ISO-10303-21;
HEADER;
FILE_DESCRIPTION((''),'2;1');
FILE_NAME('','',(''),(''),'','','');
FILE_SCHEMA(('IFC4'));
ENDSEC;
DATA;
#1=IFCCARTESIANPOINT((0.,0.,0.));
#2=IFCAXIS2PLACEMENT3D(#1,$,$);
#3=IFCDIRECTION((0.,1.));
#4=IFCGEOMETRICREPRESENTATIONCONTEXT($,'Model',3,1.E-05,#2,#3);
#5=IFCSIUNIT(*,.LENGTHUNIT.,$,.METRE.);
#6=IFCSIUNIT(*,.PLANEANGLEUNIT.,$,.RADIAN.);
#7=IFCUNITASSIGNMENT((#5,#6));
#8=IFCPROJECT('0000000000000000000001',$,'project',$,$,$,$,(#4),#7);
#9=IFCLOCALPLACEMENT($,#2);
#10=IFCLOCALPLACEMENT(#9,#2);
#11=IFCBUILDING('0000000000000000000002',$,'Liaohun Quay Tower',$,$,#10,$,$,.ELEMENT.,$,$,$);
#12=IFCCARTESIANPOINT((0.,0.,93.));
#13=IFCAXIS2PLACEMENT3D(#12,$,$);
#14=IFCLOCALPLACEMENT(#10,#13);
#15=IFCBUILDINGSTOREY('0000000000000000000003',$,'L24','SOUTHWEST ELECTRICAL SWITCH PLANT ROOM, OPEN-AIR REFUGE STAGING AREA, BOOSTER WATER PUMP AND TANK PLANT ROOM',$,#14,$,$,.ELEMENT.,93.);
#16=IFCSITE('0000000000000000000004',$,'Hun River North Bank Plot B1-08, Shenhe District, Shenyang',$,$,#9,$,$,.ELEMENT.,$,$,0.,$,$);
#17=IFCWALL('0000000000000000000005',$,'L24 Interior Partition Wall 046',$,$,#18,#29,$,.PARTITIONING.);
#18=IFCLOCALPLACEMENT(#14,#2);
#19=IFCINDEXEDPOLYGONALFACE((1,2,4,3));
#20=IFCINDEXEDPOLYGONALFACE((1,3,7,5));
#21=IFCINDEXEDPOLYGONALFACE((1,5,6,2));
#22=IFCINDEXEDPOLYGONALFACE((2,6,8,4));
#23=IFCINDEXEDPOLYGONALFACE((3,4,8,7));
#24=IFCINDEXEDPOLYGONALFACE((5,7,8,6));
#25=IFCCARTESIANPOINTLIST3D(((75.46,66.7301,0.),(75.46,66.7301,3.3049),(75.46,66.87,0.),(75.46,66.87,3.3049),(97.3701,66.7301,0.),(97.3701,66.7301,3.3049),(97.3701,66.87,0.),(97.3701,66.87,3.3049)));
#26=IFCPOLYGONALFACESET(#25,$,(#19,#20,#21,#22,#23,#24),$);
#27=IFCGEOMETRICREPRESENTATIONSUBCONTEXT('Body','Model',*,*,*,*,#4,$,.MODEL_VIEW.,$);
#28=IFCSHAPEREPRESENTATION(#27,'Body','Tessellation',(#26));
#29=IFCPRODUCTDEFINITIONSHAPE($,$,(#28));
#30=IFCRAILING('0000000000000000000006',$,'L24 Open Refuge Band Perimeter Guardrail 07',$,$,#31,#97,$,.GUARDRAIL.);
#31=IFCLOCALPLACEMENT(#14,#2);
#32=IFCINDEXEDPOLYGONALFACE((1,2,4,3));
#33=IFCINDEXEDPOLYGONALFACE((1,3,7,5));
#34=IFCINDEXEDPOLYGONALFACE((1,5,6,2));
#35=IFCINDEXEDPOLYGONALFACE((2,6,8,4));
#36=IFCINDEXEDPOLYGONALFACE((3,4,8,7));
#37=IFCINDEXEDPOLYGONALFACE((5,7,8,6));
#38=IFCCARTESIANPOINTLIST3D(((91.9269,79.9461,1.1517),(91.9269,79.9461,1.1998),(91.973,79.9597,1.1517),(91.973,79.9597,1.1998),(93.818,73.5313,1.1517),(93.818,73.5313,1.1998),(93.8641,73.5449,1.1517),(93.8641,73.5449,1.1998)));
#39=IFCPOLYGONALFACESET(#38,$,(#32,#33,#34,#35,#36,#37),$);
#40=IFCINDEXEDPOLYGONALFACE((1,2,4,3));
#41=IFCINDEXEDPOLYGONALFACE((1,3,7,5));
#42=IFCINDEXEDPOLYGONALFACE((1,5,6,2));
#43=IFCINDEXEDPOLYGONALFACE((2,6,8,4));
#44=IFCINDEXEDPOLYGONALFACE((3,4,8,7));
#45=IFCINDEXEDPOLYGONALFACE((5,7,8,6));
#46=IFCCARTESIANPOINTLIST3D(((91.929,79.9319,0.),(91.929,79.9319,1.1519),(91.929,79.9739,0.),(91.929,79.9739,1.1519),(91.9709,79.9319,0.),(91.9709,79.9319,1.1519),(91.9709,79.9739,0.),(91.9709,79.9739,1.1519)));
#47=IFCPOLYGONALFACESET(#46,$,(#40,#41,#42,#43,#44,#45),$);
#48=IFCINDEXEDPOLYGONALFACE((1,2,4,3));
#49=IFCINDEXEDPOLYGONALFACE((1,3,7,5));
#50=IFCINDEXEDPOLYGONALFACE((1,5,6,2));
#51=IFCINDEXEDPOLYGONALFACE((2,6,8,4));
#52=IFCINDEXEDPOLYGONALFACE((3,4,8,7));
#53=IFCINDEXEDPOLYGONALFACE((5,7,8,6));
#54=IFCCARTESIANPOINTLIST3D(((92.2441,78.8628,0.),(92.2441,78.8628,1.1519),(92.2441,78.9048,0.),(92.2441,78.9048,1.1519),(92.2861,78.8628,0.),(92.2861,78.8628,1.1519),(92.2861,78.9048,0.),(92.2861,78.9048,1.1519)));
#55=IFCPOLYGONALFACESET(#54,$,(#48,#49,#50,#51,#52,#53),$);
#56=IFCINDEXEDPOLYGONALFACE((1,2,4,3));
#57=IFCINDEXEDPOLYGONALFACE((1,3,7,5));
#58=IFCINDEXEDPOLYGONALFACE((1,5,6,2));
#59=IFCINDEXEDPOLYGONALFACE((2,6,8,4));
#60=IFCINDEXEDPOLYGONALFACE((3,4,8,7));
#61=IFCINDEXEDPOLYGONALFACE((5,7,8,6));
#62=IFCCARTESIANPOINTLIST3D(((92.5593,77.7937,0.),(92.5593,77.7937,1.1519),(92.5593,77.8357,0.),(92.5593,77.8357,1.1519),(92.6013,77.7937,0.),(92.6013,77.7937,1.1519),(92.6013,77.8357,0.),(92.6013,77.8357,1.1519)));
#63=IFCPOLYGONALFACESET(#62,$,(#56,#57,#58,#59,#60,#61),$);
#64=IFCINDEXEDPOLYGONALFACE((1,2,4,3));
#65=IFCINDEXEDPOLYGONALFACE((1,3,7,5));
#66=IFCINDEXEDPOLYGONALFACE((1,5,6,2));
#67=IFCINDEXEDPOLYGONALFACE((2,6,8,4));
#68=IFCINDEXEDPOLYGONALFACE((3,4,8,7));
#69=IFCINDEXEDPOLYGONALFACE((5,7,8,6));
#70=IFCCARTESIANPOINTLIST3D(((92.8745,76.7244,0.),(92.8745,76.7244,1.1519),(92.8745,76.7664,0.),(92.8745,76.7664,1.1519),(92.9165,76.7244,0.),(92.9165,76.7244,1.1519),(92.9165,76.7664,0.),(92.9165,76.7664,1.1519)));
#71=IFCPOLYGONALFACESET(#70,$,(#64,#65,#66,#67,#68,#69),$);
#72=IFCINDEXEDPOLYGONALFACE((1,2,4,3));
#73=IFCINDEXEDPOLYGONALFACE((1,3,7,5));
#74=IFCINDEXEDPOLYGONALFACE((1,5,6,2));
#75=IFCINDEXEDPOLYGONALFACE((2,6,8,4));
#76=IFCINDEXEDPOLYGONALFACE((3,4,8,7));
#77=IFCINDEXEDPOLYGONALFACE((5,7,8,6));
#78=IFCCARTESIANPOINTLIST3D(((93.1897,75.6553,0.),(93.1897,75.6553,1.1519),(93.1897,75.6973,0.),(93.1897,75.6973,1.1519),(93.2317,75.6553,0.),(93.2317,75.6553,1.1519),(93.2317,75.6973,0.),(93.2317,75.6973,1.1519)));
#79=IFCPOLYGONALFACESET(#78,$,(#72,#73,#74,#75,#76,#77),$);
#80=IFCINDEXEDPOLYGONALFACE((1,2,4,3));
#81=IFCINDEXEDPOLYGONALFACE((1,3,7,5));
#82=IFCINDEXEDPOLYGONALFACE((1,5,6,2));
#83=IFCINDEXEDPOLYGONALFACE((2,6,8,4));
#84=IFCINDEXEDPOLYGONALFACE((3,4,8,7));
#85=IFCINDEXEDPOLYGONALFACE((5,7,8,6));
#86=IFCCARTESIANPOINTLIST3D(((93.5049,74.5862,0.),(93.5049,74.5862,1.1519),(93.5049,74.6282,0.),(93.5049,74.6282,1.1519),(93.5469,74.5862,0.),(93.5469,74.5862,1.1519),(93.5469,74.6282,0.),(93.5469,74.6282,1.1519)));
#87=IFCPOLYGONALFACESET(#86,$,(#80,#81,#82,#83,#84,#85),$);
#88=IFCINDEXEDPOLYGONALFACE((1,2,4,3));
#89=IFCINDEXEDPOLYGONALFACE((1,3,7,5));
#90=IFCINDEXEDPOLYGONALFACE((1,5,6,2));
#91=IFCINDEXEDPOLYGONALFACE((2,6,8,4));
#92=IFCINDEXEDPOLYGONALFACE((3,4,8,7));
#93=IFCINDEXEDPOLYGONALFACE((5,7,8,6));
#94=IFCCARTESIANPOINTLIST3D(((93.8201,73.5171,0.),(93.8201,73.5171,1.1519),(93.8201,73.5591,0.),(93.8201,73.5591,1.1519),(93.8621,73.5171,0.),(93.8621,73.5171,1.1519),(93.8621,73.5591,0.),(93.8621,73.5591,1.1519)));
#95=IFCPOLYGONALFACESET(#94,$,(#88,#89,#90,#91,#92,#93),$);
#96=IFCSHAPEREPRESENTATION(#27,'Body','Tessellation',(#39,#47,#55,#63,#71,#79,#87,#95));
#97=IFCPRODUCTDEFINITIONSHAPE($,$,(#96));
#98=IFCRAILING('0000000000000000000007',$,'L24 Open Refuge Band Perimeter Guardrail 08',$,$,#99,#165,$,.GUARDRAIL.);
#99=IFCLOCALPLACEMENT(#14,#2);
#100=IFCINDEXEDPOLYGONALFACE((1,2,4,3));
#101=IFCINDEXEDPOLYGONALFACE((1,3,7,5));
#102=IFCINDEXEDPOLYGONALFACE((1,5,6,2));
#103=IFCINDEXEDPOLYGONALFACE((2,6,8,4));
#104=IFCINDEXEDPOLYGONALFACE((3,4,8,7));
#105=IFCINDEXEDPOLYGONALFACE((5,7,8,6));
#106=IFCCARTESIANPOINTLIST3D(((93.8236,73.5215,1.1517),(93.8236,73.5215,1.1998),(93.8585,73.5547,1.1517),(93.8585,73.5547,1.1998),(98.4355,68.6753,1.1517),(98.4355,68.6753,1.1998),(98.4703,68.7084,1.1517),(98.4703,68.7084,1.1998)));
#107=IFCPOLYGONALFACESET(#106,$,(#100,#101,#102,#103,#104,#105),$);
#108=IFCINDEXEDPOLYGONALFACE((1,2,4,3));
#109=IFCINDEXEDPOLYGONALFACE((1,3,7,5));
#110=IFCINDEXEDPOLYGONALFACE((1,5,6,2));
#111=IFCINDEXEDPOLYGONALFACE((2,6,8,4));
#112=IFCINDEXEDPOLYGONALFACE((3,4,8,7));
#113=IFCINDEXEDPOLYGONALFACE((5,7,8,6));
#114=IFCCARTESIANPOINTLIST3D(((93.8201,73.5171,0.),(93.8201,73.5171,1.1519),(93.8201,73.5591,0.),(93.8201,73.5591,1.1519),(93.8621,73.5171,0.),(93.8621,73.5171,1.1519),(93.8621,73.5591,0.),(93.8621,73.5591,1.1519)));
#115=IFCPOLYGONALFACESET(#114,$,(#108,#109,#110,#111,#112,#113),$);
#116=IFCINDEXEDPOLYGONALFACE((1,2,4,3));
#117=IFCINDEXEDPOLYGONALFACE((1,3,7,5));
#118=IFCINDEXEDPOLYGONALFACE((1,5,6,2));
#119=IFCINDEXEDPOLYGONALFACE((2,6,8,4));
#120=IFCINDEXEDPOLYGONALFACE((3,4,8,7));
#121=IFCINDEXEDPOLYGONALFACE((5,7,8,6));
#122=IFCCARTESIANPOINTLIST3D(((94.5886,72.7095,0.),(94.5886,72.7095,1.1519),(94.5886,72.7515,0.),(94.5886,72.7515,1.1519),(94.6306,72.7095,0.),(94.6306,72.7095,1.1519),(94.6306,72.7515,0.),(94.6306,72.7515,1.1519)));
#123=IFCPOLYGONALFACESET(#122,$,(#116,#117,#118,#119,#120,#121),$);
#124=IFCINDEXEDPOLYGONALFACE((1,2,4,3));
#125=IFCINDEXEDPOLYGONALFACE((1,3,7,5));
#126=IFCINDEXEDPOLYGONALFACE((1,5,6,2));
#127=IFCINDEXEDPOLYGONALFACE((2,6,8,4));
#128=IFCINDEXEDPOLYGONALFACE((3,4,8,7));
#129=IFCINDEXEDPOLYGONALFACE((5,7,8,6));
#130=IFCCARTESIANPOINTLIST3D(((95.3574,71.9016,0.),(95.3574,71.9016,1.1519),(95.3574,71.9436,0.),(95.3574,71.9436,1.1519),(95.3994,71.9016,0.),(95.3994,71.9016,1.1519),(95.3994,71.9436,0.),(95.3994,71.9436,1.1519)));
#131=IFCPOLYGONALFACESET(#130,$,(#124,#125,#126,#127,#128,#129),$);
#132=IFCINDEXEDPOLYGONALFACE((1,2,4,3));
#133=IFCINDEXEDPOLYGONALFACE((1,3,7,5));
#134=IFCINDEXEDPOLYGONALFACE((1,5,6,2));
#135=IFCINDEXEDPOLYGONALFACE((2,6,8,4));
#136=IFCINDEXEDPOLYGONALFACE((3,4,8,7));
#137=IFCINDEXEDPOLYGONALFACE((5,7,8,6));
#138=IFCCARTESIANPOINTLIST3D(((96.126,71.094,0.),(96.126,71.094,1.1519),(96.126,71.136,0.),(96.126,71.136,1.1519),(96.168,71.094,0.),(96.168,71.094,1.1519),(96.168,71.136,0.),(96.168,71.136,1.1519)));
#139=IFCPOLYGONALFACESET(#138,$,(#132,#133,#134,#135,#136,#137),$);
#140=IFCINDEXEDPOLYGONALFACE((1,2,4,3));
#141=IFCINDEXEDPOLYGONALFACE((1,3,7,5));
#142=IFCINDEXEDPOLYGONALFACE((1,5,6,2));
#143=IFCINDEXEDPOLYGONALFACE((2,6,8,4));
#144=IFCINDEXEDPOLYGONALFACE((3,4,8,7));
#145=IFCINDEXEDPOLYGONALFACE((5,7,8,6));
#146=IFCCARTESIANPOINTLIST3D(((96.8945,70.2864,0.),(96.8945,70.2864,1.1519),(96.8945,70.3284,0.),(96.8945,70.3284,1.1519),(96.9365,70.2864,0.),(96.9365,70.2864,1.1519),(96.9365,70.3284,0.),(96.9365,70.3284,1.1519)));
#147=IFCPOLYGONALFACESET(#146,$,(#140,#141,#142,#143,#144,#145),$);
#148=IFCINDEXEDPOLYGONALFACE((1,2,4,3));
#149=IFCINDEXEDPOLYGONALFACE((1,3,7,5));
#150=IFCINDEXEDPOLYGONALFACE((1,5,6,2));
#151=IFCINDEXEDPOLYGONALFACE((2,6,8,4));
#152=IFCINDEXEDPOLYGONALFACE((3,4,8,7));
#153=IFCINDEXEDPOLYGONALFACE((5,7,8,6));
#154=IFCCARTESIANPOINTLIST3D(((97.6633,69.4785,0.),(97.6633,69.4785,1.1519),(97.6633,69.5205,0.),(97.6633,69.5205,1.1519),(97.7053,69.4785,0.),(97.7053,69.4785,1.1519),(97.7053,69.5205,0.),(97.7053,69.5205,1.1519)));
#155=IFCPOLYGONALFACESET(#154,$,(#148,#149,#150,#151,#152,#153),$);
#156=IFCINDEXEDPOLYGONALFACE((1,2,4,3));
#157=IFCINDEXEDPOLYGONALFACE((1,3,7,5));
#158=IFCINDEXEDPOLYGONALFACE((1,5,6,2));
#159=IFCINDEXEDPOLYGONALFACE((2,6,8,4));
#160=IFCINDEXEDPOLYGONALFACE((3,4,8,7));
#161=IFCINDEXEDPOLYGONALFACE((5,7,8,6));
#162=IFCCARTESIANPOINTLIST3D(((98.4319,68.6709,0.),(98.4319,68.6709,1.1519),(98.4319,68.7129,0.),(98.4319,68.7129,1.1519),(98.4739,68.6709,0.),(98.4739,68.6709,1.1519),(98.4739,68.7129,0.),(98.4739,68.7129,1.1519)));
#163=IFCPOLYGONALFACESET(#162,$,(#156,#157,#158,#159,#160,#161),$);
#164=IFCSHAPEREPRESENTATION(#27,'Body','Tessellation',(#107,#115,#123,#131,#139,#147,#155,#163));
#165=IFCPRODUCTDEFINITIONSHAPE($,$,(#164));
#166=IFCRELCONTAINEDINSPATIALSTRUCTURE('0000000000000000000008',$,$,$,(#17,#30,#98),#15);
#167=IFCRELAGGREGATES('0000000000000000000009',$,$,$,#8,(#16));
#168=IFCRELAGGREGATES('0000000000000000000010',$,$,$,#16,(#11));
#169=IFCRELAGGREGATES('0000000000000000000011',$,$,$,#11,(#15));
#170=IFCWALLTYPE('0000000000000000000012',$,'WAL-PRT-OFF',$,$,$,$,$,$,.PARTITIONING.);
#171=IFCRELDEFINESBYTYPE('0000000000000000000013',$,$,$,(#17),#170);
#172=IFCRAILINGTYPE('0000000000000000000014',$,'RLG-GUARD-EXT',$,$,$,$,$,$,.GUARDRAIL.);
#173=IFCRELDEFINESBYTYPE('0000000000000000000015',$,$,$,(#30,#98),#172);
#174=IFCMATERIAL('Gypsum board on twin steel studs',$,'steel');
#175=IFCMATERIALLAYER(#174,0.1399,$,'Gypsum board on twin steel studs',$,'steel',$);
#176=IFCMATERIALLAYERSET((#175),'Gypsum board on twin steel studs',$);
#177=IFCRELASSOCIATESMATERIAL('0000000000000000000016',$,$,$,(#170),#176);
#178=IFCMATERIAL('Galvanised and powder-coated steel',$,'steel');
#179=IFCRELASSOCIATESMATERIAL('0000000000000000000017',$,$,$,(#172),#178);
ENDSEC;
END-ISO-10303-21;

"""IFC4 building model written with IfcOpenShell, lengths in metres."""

from ifc_helpers import new_model, si_unit, direction, frame, frame_2d, origin, origin_2d, place, context, subcontext, project, spatial, rectangle, extrude, material, layer, layer_set, type_object, element, save


model = new_model("IFC4")

# Units and contexts
model_context = context("Model", 3, precision=1e-05, world=origin(), true_north=direction((0.0, 1.0)))
body_context = subcontext(model_context, "Body", "Model", "MODEL_VIEW")
ifc_project = project(units=[si_unit("LENGTHUNIT", "METRE"), si_unit("PLANEANGLEUNIT", "RADIAN")], contexts=[model_context])

# Site, building, storey
site_placement = place(None, origin())
site = spatial("IfcSite", under=ifc_project, at=site_placement, Name="Hun River North Bank Plot B1-08, Shenhe District, Shenyang", CompositionType="ELEMENT", RefElevation=0.0)
building_placement = place(site_placement, origin())
building = spatial("IfcBuilding", under=site, at=building_placement, Name="Liaohun Quay Tower", CompositionType="ELEMENT")
storey_placement = place(building_placement, frame((0.0, 0.0, 93.0)))
storey = spatial("IfcBuildingStorey", under=building, at=storey_placement, Name="L24", Description="SOUTHWEST ELECTRICAL SWITCH PLANT ROOM, OPEN-AIR REFUGE STAGING AREA, BOOSTER WATER PUMP AND TANK PLANT ROOM", CompositionType="ELEMENT", Elevation=93.0)

# Wall
ifc_material_1 = material(Name="Gypsum board on twin steel studs", Category="steel")
ifc_layer_1 = layer(ifc_material_1, 0.1399, Name="Gypsum board on twin steel studs", Category="steel")
ifc_layer_set_1 = layer_set([ifc_layer_1], Name="Gypsum board on twin steel studs")
wall_type_1 = type_object("IfcWallType", Name="WAL-PRT-OFF", PredefinedType="PARTITIONING", material=ifc_layer_set_1)
wall_1_placement = place(storey_placement, frame((75.46, 66.8, 0.0), z_axis=(0.0, 0.0, 1.0), x_axis=(1.0, 0.0, 0.0)))
element("IfcWall", 1, at=wall_1_placement, inside=storey, type_object=wall_type_1, Name="L24 Interior Partition Wall 046", PredefinedType="PARTITIONING", context=body_context, shape_type="SweptSolid", body=[
    extrude(rectangle(XDim=21.9102, YDim=0.1399, at=frame_2d((10.9551, 0.0))), origin(), (0.0, 0.0, 1.0), 3.3049),
])

# Railings
ifc_material_2 = material(Name="Galvanised and powder-coated steel", Category="steel")
railing_type = type_object("IfcRailingType", Name="RLG-GUARD-EXT", PredefinedType="GUARDRAIL", material=ifc_material_2)
railing_1_placement = place(storey_placement, frame((91.95, 79.9529, 0.0)))
element("IfcRailing", 2, at=railing_1_placement, inside=storey, type_object=railing_type, Name="L24 Open Refuge Band Perimeter Guardrail 07", PredefinedType="GUARDRAIL", context=body_context, shape_type="SweptSolid", body=[
    extrude(rectangle(XDim=0.0481, YDim=0.0481, at=origin_2d()), frame((0.0, 0.0, 1.1758), z_axis=(0.282773, -0.959187, 0.0), x_axis=(0.959187, 0.282773, 0.0)), (0.0, 0.0, 1.0), 6.6877),
    extrude(rectangle(XDim=0.042, YDim=0.042, at=origin_2d()), origin(), (0.0, 0.0, 1.0), 1.1519),
    extrude(rectangle(XDim=0.042, YDim=0.042, at=origin_2d()), frame((0.3152, -1.0691, 0.0)), (0.0, 0.0, 1.0), 1.1519),
    extrude(rectangle(XDim=0.042, YDim=0.042, at=origin_2d()), frame((0.6304, -2.1382, 0.0)), (0.0, 0.0, 1.0), 1.1519),
    extrude(rectangle(XDim=0.042, YDim=0.042, at=origin_2d()), frame((0.9456, -3.2075, 0.0)), (0.0, 0.0, 1.0), 1.1519),
    extrude(rectangle(XDim=0.042, YDim=0.042, at=origin_2d()), frame((1.2607, -4.2766, 0.0)), (0.0, 0.0, 1.0), 1.1519),
    extrude(rectangle(XDim=0.042, YDim=0.042, at=origin_2d()), frame((1.5759, -5.3457, 0.0)), (0.0, 0.0, 1.0), 1.1519),
    extrude(rectangle(XDim=0.042, YDim=0.042, at=origin_2d()), frame((1.8911, -6.4148, 0.0)), (0.0, 0.0, 1.0), 1.1519),
])
railing_2_placement = place(storey_placement, frame((93.8411, 73.5381, 0.0)))
element("IfcRailing", 3, at=railing_2_placement, inside=storey, type_object=railing_type, Name="L24 Open Refuge Band Perimeter Guardrail 08", PredefinedType="GUARDRAIL", context=body_context, shape_type="SweptSolid", body=[
    extrude(rectangle(XDim=0.0481, YDim=0.0481, at=origin_2d()), frame((0.0, 0.0, 1.1758), z_axis=(0.689373, -0.724407, 0.0), x_axis=(0.724407, 0.689373, 0.0)), (0.0, 0.0, 1.0), 6.6899),
    extrude(rectangle(XDim=0.042, YDim=0.042, at=origin_2d()), origin(), (0.0, 0.0, 1.0), 1.1519),
    extrude(rectangle(XDim=0.042, YDim=0.042, at=origin_2d()), frame((0.7686, -0.8076, 0.0)), (0.0, 0.0, 1.0), 1.1519),
    extrude(rectangle(XDim=0.042, YDim=0.042, at=origin_2d()), frame((1.5374, -1.6155, 0.0)), (0.0, 0.0, 1.0), 1.1519),
    extrude(rectangle(XDim=0.042, YDim=0.042, at=origin_2d()), frame((2.3059, -2.4231, 0.0)), (0.0, 0.0, 1.0), 1.1519),
    extrude(rectangle(XDim=0.042, YDim=0.042, at=origin_2d()), frame((3.0745, -3.2307, 0.0)), (0.0, 0.0, 1.0), 1.1519),
    extrude(rectangle(XDim=0.042, YDim=0.042, at=origin_2d()), frame((3.8433, -4.0386, 0.0)), (0.0, 0.0, 1.0), 1.1519),
    extrude(rectangle(XDim=0.042, YDim=0.042, at=origin_2d()), frame((4.6118, -4.8462, 0.0)), (0.0, 0.0, 1.0), 1.1519),
])

save(model, "model.ifc")
